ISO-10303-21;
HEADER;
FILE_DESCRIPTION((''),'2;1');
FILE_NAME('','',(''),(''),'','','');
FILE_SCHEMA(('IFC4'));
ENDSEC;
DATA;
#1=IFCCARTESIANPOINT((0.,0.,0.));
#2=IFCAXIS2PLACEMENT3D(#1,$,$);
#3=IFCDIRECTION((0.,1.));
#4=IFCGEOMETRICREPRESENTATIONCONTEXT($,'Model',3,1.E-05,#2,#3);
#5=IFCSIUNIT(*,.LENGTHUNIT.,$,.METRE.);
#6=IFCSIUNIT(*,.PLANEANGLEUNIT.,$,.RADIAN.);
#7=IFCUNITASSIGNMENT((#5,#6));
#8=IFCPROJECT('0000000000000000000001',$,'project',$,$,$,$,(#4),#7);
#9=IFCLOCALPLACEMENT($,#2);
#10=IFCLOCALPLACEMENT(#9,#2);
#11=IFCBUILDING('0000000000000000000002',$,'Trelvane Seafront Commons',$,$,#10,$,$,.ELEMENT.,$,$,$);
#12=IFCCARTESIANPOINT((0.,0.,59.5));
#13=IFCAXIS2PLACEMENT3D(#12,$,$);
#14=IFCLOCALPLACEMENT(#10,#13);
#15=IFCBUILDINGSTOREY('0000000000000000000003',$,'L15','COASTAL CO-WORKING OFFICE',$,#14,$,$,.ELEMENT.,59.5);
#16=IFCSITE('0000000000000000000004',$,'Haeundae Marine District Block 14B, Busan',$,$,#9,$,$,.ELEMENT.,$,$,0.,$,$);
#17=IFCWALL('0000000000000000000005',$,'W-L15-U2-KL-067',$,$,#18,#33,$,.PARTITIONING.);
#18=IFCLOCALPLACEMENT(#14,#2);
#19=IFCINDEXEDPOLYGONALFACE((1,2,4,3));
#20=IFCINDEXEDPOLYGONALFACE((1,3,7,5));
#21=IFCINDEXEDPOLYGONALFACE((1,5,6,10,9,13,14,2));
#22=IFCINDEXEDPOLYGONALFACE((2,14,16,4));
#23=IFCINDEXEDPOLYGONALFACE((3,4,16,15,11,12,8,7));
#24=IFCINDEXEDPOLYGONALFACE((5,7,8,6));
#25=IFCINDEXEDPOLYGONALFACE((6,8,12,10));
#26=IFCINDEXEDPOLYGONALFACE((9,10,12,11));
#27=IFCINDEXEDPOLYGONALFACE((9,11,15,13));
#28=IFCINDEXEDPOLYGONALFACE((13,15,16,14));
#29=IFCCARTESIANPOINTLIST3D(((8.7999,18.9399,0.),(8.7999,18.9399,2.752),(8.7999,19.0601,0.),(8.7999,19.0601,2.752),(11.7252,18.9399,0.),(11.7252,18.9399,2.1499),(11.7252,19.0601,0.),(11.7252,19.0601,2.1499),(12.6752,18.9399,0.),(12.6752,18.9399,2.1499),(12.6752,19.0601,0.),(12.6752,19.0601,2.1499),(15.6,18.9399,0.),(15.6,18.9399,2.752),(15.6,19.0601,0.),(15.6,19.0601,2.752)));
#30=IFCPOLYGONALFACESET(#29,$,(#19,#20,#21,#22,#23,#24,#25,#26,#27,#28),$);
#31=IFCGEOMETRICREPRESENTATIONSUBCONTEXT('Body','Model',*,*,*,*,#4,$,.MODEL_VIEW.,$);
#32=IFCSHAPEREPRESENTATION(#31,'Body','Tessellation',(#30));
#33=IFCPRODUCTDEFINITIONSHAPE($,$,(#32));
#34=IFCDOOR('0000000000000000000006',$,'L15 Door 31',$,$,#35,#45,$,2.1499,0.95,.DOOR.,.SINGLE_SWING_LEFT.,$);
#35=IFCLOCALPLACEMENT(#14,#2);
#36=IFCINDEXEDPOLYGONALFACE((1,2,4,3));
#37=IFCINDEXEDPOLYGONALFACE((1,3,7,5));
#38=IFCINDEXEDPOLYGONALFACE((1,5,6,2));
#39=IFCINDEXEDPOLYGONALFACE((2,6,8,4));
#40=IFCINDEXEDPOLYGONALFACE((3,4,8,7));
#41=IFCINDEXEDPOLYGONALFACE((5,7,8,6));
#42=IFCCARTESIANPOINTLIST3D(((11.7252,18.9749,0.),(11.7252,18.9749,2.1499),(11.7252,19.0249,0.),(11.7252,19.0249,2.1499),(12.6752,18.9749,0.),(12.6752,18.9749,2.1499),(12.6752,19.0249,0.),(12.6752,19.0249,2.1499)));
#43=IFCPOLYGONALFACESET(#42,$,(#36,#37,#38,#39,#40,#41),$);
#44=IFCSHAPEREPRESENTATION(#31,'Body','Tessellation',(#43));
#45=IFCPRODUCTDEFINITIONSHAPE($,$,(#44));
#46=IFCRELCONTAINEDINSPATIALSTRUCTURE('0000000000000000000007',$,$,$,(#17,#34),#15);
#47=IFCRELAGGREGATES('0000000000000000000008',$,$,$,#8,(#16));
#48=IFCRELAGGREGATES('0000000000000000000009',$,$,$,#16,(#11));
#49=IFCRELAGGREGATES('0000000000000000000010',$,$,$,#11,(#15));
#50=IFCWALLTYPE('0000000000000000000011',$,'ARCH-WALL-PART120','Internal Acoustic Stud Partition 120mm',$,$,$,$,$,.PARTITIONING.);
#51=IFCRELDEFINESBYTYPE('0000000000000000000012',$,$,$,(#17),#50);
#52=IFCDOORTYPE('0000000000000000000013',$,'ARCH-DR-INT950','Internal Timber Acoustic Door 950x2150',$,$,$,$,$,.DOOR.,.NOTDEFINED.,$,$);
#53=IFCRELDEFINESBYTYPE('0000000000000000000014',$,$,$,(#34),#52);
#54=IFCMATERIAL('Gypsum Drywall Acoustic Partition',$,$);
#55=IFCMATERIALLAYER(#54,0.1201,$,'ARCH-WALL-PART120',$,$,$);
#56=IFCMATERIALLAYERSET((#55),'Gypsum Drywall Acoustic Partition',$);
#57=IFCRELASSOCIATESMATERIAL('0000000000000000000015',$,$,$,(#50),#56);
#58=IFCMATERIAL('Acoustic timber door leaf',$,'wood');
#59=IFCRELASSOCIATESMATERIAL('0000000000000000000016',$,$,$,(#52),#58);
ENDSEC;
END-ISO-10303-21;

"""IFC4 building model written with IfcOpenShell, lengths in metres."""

from ifc_helpers import new_model, si_unit, direction, frame, frame_2d, origin, place, context, subcontext, project, spatial, rectangle, extrude, source, transform, mapped, material, layer, layer_set, type_object, element, fill, save


model = new_model("IFC4")

# Units and contexts
model_context = context("Model", 3, precision=1e-05, world=origin(), true_north=direction((0.0, 1.0)))
body_context = subcontext(model_context, "Body", "Model", "MODEL_VIEW")
ifc_project = project(units=[si_unit("LENGTHUNIT", "METRE"), si_unit("PLANEANGLEUNIT", "RADIAN")], contexts=[model_context])

# Site, building, storey
site_placement = place(None, origin())
site = spatial("IfcSite", under=ifc_project, at=site_placement, Name="Haeundae Marine District Block 14B, Busan", CompositionType="ELEMENT", RefElevation=0.0)
building_placement = place(site_placement, origin())
building = spatial("IfcBuilding", under=site, at=building_placement, Name="Trelvane Seafront Commons", CompositionType="ELEMENT")
storey_placement = place(building_placement, frame((0.0, 0.0, 59.5)))
storey = spatial("IfcBuildingStorey", under=building, at=storey_placement, Name="L15", Description="COASTAL CO-WORKING OFFICE", CompositionType="ELEMENT", Elevation=59.5)

# Wall, opening, door
ifc_material_1 = material(Name="Gypsum Drywall Acoustic Partition")
ifc_layer = layer(ifc_material_1, 0.1201, Name="ARCH-WALL-PART120")
ifc_layer_set = layer_set([ifc_layer], Name="Gypsum Drywall Acoustic Partition")
wall_type = type_object("IfcWallType", Name="ARCH-WALL-PART120", Description="Internal Acoustic Stud Partition 120mm", PredefinedType="PARTITIONING", material=ifc_layer_set)
ifc_material_2 = material(Name="Acoustic timber door leaf", Category="wood")
door_type = type_object("IfcDoorType", Name="ARCH-DR-INT950", Description="Internal Timber Acoustic Door 950x2150", OperationType="NOTDEFINED", PredefinedType="DOOR", material=ifc_material_2)
shared_shape_1 = source(origin(), body_context, "Body", "SweptSolid", [
    extrude(rectangle(XDim=0.95, YDim=2.1499, at=frame_2d((0.4751, 1.075))), frame((0.0, 0.0249, 0.0), z_axis=(0.0, -1.0, 0.0), x_axis=(1.0, 0.0, 0.0)), (0.0, 0.0, 1.0), 0.05),
])
wall_1_placement = place(storey_placement, frame((8.8, 19.0, 0.0), z_axis=(0.0, 0.0, 1.0), x_axis=(1.0, 0.0, 0.0)))
wall_1 = element("IfcWall", 1, at=wall_1_placement, inside=storey, type_object=wall_type, Name="W-L15-U2-KL-067", PredefinedType="PARTITIONING", context=body_context, shape_type="SweptSolid", body=[
    extrude(rectangle(XDim=6.8, YDim=0.1201, at=frame_2d((3.3999, 0.0))), origin(), (0.0, 0.0, 1.0), 2.752),
])
opening_1_placement = place(wall_1_placement, frame((2.925, 0.0, 0.0)))
opening_1 = element("IfcOpeningElement", 2, at=opening_1_placement, cuts=wall_1, PredefinedType="OPENING", context=body_context, shape_type="SweptSolid", body=[
    extrude(rectangle(XDim=0.95, YDim=2.1499, at=frame_2d((0.4751, 1.075))), frame((0.0, 0.0701, 0.0), z_axis=(0.0, -1.0, 0.0), x_axis=(1.0, 0.0, 0.0)), (0.0, 0.0, 1.0), 0.1401),
])
door_1_placement = place(opening_1_placement, origin())
door_1 = element("IfcDoor", 3, at=door_1_placement, inside=storey, type_object=door_type, Name="L15 Door 31", OperationType="SINGLE_SWING_LEFT", OverallHeight=2.1499, OverallWidth=0.95, PredefinedType="DOOR", context=body_context, shape_type="MappedRepresentation", body=[
    mapped(shared_shape_1, transform((0.0, 0.0, 0.0), x_axis=(1.0, 0.0, 0.0), y_axis=(0.0, 1.0, 0.0), z_axis=(0.0, 0.0, 1.0), scale=1.0)),
])
fill(opening_1, door_1)

save(model, "model.ifc")
